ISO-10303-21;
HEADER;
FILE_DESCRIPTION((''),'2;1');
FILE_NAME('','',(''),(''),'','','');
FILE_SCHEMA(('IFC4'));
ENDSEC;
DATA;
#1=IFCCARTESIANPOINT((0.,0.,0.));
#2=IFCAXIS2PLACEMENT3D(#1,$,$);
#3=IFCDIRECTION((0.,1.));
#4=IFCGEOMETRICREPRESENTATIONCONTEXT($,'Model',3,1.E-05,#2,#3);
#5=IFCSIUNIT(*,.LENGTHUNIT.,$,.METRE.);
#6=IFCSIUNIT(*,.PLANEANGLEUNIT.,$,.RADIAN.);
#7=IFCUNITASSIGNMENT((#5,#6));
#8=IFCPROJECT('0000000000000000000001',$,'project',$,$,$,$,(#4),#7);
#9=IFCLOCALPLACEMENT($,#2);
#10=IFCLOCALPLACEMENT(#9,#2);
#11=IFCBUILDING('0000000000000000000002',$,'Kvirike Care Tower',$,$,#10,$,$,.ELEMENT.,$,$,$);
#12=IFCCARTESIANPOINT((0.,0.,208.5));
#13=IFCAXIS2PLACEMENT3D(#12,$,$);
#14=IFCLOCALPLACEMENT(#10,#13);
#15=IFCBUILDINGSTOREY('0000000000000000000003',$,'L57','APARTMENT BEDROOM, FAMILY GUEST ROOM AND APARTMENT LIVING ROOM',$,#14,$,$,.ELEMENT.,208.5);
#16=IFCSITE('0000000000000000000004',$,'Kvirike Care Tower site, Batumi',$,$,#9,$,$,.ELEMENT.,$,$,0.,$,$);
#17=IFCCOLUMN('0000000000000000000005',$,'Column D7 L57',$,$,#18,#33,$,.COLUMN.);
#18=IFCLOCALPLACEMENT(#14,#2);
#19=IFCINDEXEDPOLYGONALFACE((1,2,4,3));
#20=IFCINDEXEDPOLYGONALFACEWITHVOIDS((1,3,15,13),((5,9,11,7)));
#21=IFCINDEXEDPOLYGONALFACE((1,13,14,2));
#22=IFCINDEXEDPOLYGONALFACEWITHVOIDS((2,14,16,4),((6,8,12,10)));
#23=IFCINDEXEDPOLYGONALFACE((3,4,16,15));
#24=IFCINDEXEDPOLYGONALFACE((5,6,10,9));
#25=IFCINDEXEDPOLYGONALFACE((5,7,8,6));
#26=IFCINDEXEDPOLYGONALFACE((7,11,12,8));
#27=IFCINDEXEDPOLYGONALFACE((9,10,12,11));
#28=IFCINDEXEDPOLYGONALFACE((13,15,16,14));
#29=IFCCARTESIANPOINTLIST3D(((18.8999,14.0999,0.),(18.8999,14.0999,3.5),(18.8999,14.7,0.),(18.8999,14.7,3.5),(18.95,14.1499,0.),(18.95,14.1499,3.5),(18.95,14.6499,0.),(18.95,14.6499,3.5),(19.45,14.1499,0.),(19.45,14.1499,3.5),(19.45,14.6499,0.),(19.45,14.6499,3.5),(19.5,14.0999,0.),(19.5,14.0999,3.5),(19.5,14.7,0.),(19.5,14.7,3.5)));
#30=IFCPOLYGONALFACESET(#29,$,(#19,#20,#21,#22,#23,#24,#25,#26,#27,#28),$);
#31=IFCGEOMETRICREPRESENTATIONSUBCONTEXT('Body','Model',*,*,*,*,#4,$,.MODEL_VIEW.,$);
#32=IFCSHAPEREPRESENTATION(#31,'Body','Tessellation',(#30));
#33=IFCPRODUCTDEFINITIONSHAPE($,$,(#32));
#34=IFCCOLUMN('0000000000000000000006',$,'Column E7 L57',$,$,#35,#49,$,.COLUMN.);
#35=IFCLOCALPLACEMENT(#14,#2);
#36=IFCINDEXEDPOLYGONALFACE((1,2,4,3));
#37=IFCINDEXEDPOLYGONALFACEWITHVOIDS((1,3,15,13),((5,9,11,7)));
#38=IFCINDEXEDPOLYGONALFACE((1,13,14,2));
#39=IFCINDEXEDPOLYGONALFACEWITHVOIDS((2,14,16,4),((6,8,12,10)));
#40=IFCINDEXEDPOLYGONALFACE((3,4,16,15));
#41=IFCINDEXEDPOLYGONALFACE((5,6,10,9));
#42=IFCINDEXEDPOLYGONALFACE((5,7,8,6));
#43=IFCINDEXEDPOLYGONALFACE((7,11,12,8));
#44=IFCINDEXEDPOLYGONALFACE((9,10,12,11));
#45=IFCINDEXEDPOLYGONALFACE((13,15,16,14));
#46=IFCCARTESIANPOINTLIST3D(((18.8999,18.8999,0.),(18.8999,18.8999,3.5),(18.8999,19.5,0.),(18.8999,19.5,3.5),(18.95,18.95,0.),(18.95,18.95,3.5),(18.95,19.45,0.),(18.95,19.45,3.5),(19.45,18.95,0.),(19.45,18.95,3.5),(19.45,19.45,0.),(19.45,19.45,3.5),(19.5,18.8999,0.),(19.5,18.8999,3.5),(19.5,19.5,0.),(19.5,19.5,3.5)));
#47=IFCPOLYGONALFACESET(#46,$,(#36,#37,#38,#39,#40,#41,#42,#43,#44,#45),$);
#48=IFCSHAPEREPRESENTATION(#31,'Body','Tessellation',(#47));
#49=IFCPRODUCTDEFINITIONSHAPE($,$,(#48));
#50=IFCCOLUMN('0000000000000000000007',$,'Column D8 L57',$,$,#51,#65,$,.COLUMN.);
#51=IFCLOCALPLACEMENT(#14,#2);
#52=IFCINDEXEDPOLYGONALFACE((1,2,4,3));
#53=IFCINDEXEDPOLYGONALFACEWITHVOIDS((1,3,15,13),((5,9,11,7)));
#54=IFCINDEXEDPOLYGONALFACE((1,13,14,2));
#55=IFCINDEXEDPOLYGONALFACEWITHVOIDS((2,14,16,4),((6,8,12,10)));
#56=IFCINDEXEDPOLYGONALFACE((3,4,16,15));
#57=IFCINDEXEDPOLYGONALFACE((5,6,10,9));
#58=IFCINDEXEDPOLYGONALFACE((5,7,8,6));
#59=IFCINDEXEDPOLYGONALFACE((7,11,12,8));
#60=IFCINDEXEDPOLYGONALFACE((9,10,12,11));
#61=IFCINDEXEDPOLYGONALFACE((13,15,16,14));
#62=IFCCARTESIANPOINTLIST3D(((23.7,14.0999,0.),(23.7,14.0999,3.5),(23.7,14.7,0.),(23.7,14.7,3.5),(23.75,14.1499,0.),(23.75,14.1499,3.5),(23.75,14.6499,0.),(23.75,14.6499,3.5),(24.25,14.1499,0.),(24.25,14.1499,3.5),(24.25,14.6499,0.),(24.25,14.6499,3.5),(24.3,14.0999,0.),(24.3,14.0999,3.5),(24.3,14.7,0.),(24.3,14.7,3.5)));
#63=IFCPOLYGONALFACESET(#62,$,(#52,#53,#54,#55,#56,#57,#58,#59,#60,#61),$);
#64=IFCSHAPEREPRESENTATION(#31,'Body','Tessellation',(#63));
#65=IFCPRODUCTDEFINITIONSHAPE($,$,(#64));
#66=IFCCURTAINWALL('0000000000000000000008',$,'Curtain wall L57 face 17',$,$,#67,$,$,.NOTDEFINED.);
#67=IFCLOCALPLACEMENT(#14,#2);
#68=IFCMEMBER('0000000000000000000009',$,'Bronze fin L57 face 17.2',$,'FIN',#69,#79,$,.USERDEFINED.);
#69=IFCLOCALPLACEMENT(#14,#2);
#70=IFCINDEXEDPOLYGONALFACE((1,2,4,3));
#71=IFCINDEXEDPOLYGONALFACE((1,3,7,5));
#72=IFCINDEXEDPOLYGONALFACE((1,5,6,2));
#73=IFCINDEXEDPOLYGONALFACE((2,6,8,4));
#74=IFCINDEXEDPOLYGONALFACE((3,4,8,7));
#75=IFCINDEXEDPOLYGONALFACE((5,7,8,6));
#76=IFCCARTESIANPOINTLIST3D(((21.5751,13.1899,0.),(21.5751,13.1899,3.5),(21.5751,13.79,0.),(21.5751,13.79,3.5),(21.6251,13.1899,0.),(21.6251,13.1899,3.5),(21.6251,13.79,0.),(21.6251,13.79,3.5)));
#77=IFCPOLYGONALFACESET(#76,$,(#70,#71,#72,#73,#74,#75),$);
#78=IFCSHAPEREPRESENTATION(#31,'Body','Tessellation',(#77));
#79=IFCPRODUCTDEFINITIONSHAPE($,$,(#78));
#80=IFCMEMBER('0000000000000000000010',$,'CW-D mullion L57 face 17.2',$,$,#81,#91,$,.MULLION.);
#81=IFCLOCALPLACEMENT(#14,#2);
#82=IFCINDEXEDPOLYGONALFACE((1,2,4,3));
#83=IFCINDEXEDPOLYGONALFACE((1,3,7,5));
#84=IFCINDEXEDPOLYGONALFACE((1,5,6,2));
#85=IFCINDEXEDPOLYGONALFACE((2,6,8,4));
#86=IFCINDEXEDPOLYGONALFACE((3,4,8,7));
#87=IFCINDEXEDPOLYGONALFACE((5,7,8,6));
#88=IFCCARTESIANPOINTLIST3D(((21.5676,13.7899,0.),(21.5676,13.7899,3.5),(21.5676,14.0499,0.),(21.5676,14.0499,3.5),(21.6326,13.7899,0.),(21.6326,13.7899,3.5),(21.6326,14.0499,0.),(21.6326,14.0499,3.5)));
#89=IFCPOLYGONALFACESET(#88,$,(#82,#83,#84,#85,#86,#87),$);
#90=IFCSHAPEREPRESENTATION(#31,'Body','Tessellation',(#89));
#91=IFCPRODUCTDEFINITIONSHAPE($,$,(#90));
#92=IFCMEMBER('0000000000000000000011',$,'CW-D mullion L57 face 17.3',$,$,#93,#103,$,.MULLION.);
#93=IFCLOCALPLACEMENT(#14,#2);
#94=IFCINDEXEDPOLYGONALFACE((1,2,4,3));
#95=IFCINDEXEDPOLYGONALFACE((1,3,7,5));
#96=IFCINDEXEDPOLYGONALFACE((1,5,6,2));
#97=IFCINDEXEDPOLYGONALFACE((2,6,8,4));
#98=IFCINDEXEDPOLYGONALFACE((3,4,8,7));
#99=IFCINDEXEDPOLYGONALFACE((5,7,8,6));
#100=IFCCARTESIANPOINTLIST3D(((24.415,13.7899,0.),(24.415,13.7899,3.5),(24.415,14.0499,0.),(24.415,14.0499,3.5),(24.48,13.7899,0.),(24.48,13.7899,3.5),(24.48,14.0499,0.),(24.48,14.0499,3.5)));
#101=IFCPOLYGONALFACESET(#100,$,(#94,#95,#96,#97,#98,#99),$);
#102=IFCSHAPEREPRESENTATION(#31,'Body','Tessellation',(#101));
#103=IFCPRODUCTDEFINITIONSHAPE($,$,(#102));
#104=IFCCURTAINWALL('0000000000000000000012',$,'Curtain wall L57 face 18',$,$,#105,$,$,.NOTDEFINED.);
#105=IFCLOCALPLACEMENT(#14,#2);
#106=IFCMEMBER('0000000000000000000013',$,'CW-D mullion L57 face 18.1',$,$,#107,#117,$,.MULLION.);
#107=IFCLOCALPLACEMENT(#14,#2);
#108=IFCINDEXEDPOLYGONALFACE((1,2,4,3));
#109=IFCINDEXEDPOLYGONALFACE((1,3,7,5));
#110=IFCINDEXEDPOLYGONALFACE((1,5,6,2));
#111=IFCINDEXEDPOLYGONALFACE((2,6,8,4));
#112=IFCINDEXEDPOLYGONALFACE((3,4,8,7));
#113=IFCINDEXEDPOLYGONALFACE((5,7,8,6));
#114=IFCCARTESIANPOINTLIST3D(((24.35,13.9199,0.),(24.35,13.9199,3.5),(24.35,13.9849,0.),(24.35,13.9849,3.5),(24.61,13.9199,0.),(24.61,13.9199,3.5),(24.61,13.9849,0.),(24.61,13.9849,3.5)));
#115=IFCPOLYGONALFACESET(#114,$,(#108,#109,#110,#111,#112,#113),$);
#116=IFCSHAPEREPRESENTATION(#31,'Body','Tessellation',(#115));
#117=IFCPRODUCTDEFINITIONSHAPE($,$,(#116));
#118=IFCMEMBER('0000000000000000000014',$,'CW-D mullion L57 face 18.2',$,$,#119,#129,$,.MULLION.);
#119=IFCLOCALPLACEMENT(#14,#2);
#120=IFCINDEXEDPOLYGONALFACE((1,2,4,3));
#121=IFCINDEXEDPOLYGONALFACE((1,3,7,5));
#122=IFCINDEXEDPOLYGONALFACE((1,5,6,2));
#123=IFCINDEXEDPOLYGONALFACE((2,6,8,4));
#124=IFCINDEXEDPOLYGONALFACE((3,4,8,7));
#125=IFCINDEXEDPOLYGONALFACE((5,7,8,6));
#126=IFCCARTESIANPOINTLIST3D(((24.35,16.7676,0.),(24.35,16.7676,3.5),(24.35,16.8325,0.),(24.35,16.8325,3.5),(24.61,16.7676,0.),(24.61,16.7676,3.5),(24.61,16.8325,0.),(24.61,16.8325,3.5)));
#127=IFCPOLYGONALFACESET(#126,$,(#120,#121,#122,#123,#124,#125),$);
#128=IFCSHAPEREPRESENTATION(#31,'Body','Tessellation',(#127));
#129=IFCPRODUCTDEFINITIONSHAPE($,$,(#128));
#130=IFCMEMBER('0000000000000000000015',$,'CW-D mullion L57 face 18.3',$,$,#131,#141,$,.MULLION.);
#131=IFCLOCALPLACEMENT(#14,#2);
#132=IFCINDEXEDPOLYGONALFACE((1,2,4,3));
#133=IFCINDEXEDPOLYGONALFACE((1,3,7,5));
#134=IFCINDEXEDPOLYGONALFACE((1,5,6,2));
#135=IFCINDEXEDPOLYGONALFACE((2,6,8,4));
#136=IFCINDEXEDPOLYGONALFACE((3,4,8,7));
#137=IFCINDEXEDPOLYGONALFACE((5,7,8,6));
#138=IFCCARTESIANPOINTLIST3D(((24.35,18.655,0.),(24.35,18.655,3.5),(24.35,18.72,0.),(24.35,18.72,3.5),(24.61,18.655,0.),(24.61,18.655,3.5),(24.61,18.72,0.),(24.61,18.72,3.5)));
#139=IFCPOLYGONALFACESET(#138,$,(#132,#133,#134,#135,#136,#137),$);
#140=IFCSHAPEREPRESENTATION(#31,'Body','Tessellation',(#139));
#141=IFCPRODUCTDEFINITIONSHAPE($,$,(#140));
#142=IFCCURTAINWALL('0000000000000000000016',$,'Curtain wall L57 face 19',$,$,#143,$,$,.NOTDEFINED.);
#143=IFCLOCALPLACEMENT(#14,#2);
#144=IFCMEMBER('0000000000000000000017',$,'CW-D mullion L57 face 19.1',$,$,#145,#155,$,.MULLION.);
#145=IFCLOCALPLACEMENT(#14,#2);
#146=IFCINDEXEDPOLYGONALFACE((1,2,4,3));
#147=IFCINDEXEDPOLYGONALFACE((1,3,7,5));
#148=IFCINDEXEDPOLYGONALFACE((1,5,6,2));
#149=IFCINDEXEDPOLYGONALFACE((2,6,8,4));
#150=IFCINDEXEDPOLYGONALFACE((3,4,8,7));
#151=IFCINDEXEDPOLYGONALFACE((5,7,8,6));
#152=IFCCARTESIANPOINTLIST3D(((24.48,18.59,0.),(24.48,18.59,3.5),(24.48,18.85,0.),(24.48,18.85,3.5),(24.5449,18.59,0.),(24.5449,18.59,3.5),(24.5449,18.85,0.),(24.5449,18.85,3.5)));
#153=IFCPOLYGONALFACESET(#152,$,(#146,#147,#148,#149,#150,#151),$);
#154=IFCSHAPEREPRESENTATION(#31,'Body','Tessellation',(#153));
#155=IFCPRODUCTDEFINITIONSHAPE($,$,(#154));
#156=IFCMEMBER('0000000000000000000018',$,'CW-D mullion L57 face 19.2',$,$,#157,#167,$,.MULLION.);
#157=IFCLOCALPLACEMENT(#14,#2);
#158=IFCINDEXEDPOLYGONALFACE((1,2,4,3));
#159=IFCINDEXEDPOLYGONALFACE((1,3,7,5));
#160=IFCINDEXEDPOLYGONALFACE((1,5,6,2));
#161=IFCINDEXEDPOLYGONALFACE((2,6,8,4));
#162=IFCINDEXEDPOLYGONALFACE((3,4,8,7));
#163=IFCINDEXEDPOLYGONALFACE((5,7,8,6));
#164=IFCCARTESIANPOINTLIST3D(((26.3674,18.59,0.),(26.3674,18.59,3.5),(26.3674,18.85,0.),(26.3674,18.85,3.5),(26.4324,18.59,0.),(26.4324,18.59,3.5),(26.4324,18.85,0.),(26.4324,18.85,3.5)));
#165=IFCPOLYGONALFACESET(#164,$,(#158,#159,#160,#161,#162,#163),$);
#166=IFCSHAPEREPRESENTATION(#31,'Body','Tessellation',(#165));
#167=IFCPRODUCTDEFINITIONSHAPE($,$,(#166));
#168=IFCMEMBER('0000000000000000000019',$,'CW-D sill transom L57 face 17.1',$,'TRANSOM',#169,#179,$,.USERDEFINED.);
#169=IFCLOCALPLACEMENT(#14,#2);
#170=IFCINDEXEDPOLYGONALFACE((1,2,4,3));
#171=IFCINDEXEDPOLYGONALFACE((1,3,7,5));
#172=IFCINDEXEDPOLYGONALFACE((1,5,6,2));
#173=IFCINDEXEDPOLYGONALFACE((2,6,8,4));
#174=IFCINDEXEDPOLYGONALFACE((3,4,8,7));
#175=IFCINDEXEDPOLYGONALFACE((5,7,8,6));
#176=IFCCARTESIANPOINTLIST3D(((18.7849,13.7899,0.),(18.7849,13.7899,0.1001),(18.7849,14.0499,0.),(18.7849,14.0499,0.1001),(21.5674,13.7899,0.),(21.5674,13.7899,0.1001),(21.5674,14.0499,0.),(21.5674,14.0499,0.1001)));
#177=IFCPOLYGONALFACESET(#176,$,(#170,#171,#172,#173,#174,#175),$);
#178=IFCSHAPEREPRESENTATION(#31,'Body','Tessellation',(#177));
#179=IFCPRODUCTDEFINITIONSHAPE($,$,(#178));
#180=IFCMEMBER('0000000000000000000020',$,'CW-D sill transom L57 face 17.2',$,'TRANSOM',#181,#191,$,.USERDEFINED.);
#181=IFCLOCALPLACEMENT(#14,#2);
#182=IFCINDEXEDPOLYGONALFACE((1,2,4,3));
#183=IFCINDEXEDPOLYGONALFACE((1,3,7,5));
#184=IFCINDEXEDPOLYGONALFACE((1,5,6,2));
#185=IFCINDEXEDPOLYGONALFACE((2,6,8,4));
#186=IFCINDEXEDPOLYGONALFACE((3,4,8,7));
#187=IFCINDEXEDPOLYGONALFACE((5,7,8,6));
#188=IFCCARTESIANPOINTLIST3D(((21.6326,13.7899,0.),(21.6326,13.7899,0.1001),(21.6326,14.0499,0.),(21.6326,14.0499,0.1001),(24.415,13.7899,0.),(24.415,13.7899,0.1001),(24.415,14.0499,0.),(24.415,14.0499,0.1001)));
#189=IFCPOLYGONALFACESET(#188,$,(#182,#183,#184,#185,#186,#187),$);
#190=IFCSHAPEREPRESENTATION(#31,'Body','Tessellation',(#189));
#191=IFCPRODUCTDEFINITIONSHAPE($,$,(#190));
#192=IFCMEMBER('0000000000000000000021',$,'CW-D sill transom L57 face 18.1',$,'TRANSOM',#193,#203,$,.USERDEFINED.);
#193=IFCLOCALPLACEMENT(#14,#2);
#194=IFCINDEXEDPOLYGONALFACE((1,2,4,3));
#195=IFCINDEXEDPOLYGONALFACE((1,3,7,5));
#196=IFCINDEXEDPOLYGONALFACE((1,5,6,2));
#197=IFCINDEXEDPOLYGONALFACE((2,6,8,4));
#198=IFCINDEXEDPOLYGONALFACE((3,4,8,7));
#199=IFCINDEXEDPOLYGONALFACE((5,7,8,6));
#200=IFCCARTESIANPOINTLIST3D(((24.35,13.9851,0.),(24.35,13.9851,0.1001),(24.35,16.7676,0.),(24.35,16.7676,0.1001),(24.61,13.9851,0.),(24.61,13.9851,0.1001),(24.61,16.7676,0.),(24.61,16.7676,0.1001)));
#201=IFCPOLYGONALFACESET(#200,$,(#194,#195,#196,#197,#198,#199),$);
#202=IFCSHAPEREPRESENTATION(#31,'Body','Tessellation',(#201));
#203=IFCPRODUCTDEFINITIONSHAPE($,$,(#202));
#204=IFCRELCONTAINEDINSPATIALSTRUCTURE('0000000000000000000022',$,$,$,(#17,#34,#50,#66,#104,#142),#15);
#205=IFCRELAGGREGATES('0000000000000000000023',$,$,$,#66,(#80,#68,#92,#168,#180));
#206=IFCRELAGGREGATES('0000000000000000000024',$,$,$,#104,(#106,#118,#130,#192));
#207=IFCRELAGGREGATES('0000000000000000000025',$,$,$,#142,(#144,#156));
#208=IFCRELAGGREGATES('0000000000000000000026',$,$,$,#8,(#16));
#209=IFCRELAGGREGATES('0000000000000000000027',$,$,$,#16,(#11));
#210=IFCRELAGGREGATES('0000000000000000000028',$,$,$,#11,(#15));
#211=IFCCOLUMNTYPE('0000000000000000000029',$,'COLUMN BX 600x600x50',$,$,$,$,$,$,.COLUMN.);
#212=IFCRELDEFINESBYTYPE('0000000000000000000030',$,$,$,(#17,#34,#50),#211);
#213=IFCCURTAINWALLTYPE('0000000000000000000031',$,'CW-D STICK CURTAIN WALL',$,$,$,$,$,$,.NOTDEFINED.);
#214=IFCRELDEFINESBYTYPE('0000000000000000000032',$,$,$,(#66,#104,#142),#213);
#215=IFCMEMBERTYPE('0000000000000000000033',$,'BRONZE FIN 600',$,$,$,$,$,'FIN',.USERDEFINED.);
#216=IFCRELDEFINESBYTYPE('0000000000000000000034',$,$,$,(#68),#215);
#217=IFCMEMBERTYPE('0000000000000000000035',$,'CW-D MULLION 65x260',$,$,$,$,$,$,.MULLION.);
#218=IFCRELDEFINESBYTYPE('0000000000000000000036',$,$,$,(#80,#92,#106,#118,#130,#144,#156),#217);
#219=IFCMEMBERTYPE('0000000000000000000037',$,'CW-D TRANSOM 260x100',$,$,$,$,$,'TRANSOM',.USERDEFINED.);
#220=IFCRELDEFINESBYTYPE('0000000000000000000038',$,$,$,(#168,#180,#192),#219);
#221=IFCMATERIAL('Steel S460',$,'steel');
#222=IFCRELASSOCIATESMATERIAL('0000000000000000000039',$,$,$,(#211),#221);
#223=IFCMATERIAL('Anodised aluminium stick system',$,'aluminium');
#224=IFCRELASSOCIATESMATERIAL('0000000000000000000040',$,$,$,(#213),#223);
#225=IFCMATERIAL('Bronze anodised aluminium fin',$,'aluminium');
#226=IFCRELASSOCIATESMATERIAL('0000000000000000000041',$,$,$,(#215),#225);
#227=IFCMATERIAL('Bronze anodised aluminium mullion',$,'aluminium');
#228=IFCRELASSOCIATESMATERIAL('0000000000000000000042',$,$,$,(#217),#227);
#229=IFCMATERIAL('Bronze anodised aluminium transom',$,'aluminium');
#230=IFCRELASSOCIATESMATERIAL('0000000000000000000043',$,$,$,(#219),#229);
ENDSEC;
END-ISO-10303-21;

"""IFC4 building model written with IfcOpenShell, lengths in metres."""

from ifc_helpers import new_model, si_unit, direction, frame, origin, origin_2d, place, context, subcontext, project, spatial, rectangle, hollow_rectangle, extrude, material, material_profile, profile_set, type_object, element, aggregate, save


model = new_model("IFC4")

# Units and contexts
model_context = context("Model", 3, precision=1e-05, world=origin(), true_north=direction((0.0, 1.0)))
body_context = subcontext(model_context, "Body", "Model", "MODEL_VIEW")
ifc_project = project(units=[si_unit("LENGTHUNIT", "METRE"), si_unit("PLANEANGLEUNIT", "RADIAN")], contexts=[model_context])

# Site, building, storey
site_placement = place(None, origin())
site = spatial("IfcSite", under=ifc_project, at=site_placement, Name="Kvirike Care Tower site, Batumi", CompositionType="ELEMENT", RefElevation=0.0)
building_placement = place(site_placement, origin())
building = spatial("IfcBuilding", under=site, at=building_placement, Name="Kvirike Care Tower", CompositionType="ELEMENT")
storey_placement = place(building_placement, frame((0.0, 0.0, 208.5)))
storey = spatial("IfcBuildingStorey", under=building, at=storey_placement, Name="L57", Description="APARTMENT BEDROOM, FAMILY GUEST ROOM AND APARTMENT LIVING ROOM", CompositionType="ELEMENT", Elevation=208.5)

# Columns
ifc_material_1 = material(Name="Steel S460", Category="steel")
ifc_material_profile_1 = material_profile(ifc_material_1, hollow_rectangle(XDim=0.6001, YDim=0.6001, WallThickness=0.05, at=origin_2d()), Name="BX 600x600x50")
ifc_profile_set_1 = profile_set([ifc_material_profile_1], Name="Steel S460")
column_type = type_object("IfcColumnType", Name="COLUMN BX 600x600x50", PredefinedType="COLUMN", material=ifc_profile_set_1)
for number, where, z_axis, x_axis, name in (
    (1, (19.2, 14.3999, 0.0), (0.0, 0.0, 1.0), (0.0, 1.0, 0.0), "Column D7 L57"),
    (2, (19.2, 19.2, 0.0), (0.0, 0.0, 1.0), (0.0, 1.0, 0.0), "Column E7 L57"),
    (3, (24.0, 14.3999, 0.0), (0.0, 0.0, 1.0), (0.0, 1.0, 0.0), "Column D8 L57"),
):
    element("IfcColumn", number, at=place(storey_placement, frame(where, z_axis=z_axis, x_axis=x_axis)), inside=storey, type_object=column_type, Name=name, PredefinedType="COLUMN", context=body_context, shape_type="SweptSolid", body=[
        extrude(hollow_rectangle(XDim=0.6001, YDim=0.6001, WallThickness=0.05, at=origin_2d()), origin(), (0.0, 0.0, 1.0), 3.5),
    ])

# Curtain walls, members
ifc_material_2 = material(Name="Anodised aluminium stick system", Category="aluminium")
curtain_wall_type = type_object("IfcCurtainWallType", Name="CW-D STICK CURTAIN WALL", PredefinedType="NOTDEFINED", material=ifc_material_2)
curtain_wall_1_placement = place(storey_placement, origin())
curtain_wall_1 = element("IfcCurtainWall", 4, at=curtain_wall_1_placement, inside=storey, type_object=curtain_wall_type, Name="Curtain wall L57 face 17", PredefinedType="NOTDEFINED")
ifc_material_3 = material(Name="Bronze anodised aluminium fin", Category="aluminium")
ifc_material_profile_2 = material_profile(ifc_material_3, rectangle(XDim=0.05, YDim=0.6001, at=origin_2d()), Name="BRONZE FIN 600")
ifc_profile_set_2 = profile_set([ifc_material_profile_2], Name="Bronze anodised aluminium fin")
member_type_1 = type_object("IfcMemberType", Name="BRONZE FIN 600", ElementType="FIN", PredefinedType="USERDEFINED", material=ifc_profile_set_2)
member_1_placement = place(storey_placement, frame((21.6001, 13.49, 0.0), z_axis=(0.0, 0.0, 1.0), x_axis=(1.0, 0.0, 0.0)))
member_1 = element("IfcMember", 5, at=member_1_placement, type_object=member_type_1, Name="Bronze fin L57 face 17.2", ObjectType="FIN", PredefinedType="USERDEFINED", context=body_context, shape_type="SweptSolid", body=[
    extrude(rectangle(XDim=0.05, YDim=0.6001, at=origin_2d()), origin(), (0.0, 0.0, 1.0), 3.5),
])
ifc_material_4 = material(Name="Bronze anodised aluminium mullion", Category="aluminium")
ifc_material_profile_3 = material_profile(ifc_material_4, rectangle(XDim=0.0649, YDim=0.26, at=origin_2d()), Name="CW-D MULLION 65x260")
ifc_profile_set_3 = profile_set([ifc_material_profile_3], Name="Bronze anodised aluminium mullion")
member_type_2 = type_object("IfcMemberType", Name="CW-D MULLION 65x260", PredefinedType="MULLION", material=ifc_profile_set_3)
member_2_placement = place(storey_placement, frame((21.6001, 13.9199, 0.0), z_axis=(0.0, 0.0, 1.0), x_axis=(1.0, 0.0, 0.0)))
member_2 = element("IfcMember", 6, at=member_2_placement, type_object=member_type_2, Name="CW-D mullion L57 face 17.2", PredefinedType="MULLION", context=body_context, shape_type="SweptSolid", body=[
    extrude(rectangle(XDim=0.0649, YDim=0.26, at=origin_2d()), origin(), (0.0, 0.0, 1.0), 3.5),
])
member_3_placement = place(storey_placement, frame((24.4475, 13.9199, 0.0), z_axis=(0.0, 0.0, 1.0), x_axis=(1.0, 0.0, 0.0)))
member_3 = element("IfcMember", 7, at=member_3_placement, type_object=member_type_2, Name="CW-D mullion L57 face 17.3", PredefinedType="MULLION", context=body_context, shape_type="SweptSolid", body=[
    extrude(rectangle(XDim=0.0649, YDim=0.26, at=origin_2d()), origin(), (0.0, 0.0, 1.0), 3.5),
])
curtain_wall_2_placement = place(storey_placement, origin())
curtain_wall_2 = element("IfcCurtainWall", 8, at=curtain_wall_2_placement, inside=storey, type_object=curtain_wall_type, Name="Curtain wall L57 face 18", PredefinedType="NOTDEFINED")
member_4_placement = place(storey_placement, frame((24.48, 13.9524, 0.0), z_axis=(0.0, 0.0, 1.0), x_axis=(0.0, 1.0, 0.0)))
member_4 = element("IfcMember", 9, at=member_4_placement, type_object=member_type_2, Name="CW-D mullion L57 face 18.1", PredefinedType="MULLION", context=body_context, shape_type="SweptSolid", body=[
    extrude(rectangle(XDim=0.0649, YDim=0.26, at=origin_2d()), origin(), (0.0, 0.0, 1.0), 3.5),
])
member_5_placement = place(storey_placement, frame((24.48, 16.8, 0.0), z_axis=(0.0, 0.0, 1.0), x_axis=(0.0, 1.0, 0.0)))
member_5 = element("IfcMember", 10, at=member_5_placement, type_object=member_type_2, Name="CW-D mullion L57 face 18.2", PredefinedType="MULLION", context=body_context, shape_type="SweptSolid", body=[
    extrude(rectangle(XDim=0.0649, YDim=0.26, at=origin_2d()), origin(), (0.0, 0.0, 1.0), 3.5),
])
member_6_placement = place(storey_placement, frame((24.48, 18.6875, 0.0), z_axis=(0.0, 0.0, 1.0), x_axis=(0.0, 1.0, 0.0)))
member_6 = element("IfcMember", 11, at=member_6_placement, type_object=member_type_2, Name="CW-D mullion L57 face 18.3", PredefinedType="MULLION", context=body_context, shape_type="SweptSolid", body=[
    extrude(rectangle(XDim=0.0649, YDim=0.26, at=origin_2d()), origin(), (0.0, 0.0, 1.0), 3.5),
])
curtain_wall_3_placement = place(storey_placement, origin())
curtain_wall_3 = element("IfcCurtainWall", 12, at=curtain_wall_3_placement, inside=storey, type_object=curtain_wall_type, Name="Curtain wall L57 face 19", PredefinedType="NOTDEFINED")
member_7_placement = place(storey_placement, frame((24.5125, 18.72, 0.0), z_axis=(0.0, 0.0, 1.0), x_axis=(1.0, 0.0, 0.0)))
member_7 = element("IfcMember", 13, at=member_7_placement, type_object=member_type_2, Name="CW-D mullion L57 face 19.1", PredefinedType="MULLION", context=body_context, shape_type="SweptSolid", body=[
    extrude(rectangle(XDim=0.0649, YDim=0.26, at=origin_2d()), origin(), (0.0, 0.0, 1.0), 3.5),
])
member_8_placement = place(storey_placement, frame((26.3999, 18.72, 0.0), z_axis=(0.0, 0.0, 1.0), x_axis=(1.0, 0.0, 0.0)))
member_8 = element("IfcMember", 14, at=member_8_placement, type_object=member_type_2, Name="CW-D mullion L57 face 19.2", PredefinedType="MULLION", context=body_context, shape_type="SweptSolid", body=[
    extrude(rectangle(XDim=0.0649, YDim=0.26, at=origin_2d()), origin(), (0.0, 0.0, 1.0), 3.5),
])

# Members
ifc_material_5 = material(Name="Bronze anodised aluminium transom", Category="aluminium")
ifc_material_profile_4 = material_profile(ifc_material_5, rectangle(XDim=0.26, YDim=0.1001, at=origin_2d()), Name="CW-D TRANSOM 260x100")
ifc_profile_set_4 = profile_set([ifc_material_profile_4], Name="Bronze anodised aluminium transom")
member_type_3 = type_object("IfcMemberType", Name="CW-D TRANSOM 260x100", ElementType="TRANSOM", PredefinedType="USERDEFINED", material=ifc_profile_set_4)
member_9_placement = place(storey_placement, frame((18.7849, 13.9199, 0.05), z_axis=(1.0, 0.0, 0.0), x_axis=(0.0, 1.0, 0.0)))
member_9 = element("IfcMember", 15, at=member_9_placement, type_object=member_type_3, Name="CW-D sill transom L57 face 17.1", ObjectType="TRANSOM", PredefinedType="USERDEFINED", context=body_context, shape_type="SweptSolid", body=[
    extrude(rectangle(XDim=0.26, YDim=0.1001, at=origin_2d()), origin(), (0.0, 0.0, 1.0), 2.7825),
])
member_10_placement = place(storey_placement, frame((21.6326, 13.9199, 0.05), z_axis=(1.0, 0.0, 0.0), x_axis=(0.0, 1.0, 0.0)))
member_10 = element("IfcMember", 16, at=member_10_placement, type_object=member_type_3, Name="CW-D sill transom L57 face 17.2", ObjectType="TRANSOM", PredefinedType="USERDEFINED", context=body_context, shape_type="SweptSolid", body=[
    extrude(rectangle(XDim=0.26, YDim=0.1001, at=origin_2d()), origin(), (0.0, 0.0, 1.0), 2.7825),
])
member_11_placement = place(storey_placement, frame((24.48, 13.9851, 0.05), z_axis=(0.0, 1.0, 0.0), x_axis=(-1.0, 0.0, 0.0)))
member_11 = element("IfcMember", 17, at=member_11_placement, type_object=member_type_3, Name="CW-D sill transom L57 face 18.1", ObjectType="TRANSOM", PredefinedType="USERDEFINED", context=body_context, shape_type="SweptSolid", body=[
    extrude(rectangle(XDim=0.26, YDim=0.1001, at=origin_2d()), origin(), (0.0, 0.0, 1.0), 2.7825),
])

aggregate(curtain_wall_1, [member_2, member_1, member_3, member_9, member_10])
aggregate(curtain_wall_2, [member_4, member_5, member_6, member_11])
aggregate(curtain_wall_3, [member_7, member_8])

save(model, "model.ifc")
